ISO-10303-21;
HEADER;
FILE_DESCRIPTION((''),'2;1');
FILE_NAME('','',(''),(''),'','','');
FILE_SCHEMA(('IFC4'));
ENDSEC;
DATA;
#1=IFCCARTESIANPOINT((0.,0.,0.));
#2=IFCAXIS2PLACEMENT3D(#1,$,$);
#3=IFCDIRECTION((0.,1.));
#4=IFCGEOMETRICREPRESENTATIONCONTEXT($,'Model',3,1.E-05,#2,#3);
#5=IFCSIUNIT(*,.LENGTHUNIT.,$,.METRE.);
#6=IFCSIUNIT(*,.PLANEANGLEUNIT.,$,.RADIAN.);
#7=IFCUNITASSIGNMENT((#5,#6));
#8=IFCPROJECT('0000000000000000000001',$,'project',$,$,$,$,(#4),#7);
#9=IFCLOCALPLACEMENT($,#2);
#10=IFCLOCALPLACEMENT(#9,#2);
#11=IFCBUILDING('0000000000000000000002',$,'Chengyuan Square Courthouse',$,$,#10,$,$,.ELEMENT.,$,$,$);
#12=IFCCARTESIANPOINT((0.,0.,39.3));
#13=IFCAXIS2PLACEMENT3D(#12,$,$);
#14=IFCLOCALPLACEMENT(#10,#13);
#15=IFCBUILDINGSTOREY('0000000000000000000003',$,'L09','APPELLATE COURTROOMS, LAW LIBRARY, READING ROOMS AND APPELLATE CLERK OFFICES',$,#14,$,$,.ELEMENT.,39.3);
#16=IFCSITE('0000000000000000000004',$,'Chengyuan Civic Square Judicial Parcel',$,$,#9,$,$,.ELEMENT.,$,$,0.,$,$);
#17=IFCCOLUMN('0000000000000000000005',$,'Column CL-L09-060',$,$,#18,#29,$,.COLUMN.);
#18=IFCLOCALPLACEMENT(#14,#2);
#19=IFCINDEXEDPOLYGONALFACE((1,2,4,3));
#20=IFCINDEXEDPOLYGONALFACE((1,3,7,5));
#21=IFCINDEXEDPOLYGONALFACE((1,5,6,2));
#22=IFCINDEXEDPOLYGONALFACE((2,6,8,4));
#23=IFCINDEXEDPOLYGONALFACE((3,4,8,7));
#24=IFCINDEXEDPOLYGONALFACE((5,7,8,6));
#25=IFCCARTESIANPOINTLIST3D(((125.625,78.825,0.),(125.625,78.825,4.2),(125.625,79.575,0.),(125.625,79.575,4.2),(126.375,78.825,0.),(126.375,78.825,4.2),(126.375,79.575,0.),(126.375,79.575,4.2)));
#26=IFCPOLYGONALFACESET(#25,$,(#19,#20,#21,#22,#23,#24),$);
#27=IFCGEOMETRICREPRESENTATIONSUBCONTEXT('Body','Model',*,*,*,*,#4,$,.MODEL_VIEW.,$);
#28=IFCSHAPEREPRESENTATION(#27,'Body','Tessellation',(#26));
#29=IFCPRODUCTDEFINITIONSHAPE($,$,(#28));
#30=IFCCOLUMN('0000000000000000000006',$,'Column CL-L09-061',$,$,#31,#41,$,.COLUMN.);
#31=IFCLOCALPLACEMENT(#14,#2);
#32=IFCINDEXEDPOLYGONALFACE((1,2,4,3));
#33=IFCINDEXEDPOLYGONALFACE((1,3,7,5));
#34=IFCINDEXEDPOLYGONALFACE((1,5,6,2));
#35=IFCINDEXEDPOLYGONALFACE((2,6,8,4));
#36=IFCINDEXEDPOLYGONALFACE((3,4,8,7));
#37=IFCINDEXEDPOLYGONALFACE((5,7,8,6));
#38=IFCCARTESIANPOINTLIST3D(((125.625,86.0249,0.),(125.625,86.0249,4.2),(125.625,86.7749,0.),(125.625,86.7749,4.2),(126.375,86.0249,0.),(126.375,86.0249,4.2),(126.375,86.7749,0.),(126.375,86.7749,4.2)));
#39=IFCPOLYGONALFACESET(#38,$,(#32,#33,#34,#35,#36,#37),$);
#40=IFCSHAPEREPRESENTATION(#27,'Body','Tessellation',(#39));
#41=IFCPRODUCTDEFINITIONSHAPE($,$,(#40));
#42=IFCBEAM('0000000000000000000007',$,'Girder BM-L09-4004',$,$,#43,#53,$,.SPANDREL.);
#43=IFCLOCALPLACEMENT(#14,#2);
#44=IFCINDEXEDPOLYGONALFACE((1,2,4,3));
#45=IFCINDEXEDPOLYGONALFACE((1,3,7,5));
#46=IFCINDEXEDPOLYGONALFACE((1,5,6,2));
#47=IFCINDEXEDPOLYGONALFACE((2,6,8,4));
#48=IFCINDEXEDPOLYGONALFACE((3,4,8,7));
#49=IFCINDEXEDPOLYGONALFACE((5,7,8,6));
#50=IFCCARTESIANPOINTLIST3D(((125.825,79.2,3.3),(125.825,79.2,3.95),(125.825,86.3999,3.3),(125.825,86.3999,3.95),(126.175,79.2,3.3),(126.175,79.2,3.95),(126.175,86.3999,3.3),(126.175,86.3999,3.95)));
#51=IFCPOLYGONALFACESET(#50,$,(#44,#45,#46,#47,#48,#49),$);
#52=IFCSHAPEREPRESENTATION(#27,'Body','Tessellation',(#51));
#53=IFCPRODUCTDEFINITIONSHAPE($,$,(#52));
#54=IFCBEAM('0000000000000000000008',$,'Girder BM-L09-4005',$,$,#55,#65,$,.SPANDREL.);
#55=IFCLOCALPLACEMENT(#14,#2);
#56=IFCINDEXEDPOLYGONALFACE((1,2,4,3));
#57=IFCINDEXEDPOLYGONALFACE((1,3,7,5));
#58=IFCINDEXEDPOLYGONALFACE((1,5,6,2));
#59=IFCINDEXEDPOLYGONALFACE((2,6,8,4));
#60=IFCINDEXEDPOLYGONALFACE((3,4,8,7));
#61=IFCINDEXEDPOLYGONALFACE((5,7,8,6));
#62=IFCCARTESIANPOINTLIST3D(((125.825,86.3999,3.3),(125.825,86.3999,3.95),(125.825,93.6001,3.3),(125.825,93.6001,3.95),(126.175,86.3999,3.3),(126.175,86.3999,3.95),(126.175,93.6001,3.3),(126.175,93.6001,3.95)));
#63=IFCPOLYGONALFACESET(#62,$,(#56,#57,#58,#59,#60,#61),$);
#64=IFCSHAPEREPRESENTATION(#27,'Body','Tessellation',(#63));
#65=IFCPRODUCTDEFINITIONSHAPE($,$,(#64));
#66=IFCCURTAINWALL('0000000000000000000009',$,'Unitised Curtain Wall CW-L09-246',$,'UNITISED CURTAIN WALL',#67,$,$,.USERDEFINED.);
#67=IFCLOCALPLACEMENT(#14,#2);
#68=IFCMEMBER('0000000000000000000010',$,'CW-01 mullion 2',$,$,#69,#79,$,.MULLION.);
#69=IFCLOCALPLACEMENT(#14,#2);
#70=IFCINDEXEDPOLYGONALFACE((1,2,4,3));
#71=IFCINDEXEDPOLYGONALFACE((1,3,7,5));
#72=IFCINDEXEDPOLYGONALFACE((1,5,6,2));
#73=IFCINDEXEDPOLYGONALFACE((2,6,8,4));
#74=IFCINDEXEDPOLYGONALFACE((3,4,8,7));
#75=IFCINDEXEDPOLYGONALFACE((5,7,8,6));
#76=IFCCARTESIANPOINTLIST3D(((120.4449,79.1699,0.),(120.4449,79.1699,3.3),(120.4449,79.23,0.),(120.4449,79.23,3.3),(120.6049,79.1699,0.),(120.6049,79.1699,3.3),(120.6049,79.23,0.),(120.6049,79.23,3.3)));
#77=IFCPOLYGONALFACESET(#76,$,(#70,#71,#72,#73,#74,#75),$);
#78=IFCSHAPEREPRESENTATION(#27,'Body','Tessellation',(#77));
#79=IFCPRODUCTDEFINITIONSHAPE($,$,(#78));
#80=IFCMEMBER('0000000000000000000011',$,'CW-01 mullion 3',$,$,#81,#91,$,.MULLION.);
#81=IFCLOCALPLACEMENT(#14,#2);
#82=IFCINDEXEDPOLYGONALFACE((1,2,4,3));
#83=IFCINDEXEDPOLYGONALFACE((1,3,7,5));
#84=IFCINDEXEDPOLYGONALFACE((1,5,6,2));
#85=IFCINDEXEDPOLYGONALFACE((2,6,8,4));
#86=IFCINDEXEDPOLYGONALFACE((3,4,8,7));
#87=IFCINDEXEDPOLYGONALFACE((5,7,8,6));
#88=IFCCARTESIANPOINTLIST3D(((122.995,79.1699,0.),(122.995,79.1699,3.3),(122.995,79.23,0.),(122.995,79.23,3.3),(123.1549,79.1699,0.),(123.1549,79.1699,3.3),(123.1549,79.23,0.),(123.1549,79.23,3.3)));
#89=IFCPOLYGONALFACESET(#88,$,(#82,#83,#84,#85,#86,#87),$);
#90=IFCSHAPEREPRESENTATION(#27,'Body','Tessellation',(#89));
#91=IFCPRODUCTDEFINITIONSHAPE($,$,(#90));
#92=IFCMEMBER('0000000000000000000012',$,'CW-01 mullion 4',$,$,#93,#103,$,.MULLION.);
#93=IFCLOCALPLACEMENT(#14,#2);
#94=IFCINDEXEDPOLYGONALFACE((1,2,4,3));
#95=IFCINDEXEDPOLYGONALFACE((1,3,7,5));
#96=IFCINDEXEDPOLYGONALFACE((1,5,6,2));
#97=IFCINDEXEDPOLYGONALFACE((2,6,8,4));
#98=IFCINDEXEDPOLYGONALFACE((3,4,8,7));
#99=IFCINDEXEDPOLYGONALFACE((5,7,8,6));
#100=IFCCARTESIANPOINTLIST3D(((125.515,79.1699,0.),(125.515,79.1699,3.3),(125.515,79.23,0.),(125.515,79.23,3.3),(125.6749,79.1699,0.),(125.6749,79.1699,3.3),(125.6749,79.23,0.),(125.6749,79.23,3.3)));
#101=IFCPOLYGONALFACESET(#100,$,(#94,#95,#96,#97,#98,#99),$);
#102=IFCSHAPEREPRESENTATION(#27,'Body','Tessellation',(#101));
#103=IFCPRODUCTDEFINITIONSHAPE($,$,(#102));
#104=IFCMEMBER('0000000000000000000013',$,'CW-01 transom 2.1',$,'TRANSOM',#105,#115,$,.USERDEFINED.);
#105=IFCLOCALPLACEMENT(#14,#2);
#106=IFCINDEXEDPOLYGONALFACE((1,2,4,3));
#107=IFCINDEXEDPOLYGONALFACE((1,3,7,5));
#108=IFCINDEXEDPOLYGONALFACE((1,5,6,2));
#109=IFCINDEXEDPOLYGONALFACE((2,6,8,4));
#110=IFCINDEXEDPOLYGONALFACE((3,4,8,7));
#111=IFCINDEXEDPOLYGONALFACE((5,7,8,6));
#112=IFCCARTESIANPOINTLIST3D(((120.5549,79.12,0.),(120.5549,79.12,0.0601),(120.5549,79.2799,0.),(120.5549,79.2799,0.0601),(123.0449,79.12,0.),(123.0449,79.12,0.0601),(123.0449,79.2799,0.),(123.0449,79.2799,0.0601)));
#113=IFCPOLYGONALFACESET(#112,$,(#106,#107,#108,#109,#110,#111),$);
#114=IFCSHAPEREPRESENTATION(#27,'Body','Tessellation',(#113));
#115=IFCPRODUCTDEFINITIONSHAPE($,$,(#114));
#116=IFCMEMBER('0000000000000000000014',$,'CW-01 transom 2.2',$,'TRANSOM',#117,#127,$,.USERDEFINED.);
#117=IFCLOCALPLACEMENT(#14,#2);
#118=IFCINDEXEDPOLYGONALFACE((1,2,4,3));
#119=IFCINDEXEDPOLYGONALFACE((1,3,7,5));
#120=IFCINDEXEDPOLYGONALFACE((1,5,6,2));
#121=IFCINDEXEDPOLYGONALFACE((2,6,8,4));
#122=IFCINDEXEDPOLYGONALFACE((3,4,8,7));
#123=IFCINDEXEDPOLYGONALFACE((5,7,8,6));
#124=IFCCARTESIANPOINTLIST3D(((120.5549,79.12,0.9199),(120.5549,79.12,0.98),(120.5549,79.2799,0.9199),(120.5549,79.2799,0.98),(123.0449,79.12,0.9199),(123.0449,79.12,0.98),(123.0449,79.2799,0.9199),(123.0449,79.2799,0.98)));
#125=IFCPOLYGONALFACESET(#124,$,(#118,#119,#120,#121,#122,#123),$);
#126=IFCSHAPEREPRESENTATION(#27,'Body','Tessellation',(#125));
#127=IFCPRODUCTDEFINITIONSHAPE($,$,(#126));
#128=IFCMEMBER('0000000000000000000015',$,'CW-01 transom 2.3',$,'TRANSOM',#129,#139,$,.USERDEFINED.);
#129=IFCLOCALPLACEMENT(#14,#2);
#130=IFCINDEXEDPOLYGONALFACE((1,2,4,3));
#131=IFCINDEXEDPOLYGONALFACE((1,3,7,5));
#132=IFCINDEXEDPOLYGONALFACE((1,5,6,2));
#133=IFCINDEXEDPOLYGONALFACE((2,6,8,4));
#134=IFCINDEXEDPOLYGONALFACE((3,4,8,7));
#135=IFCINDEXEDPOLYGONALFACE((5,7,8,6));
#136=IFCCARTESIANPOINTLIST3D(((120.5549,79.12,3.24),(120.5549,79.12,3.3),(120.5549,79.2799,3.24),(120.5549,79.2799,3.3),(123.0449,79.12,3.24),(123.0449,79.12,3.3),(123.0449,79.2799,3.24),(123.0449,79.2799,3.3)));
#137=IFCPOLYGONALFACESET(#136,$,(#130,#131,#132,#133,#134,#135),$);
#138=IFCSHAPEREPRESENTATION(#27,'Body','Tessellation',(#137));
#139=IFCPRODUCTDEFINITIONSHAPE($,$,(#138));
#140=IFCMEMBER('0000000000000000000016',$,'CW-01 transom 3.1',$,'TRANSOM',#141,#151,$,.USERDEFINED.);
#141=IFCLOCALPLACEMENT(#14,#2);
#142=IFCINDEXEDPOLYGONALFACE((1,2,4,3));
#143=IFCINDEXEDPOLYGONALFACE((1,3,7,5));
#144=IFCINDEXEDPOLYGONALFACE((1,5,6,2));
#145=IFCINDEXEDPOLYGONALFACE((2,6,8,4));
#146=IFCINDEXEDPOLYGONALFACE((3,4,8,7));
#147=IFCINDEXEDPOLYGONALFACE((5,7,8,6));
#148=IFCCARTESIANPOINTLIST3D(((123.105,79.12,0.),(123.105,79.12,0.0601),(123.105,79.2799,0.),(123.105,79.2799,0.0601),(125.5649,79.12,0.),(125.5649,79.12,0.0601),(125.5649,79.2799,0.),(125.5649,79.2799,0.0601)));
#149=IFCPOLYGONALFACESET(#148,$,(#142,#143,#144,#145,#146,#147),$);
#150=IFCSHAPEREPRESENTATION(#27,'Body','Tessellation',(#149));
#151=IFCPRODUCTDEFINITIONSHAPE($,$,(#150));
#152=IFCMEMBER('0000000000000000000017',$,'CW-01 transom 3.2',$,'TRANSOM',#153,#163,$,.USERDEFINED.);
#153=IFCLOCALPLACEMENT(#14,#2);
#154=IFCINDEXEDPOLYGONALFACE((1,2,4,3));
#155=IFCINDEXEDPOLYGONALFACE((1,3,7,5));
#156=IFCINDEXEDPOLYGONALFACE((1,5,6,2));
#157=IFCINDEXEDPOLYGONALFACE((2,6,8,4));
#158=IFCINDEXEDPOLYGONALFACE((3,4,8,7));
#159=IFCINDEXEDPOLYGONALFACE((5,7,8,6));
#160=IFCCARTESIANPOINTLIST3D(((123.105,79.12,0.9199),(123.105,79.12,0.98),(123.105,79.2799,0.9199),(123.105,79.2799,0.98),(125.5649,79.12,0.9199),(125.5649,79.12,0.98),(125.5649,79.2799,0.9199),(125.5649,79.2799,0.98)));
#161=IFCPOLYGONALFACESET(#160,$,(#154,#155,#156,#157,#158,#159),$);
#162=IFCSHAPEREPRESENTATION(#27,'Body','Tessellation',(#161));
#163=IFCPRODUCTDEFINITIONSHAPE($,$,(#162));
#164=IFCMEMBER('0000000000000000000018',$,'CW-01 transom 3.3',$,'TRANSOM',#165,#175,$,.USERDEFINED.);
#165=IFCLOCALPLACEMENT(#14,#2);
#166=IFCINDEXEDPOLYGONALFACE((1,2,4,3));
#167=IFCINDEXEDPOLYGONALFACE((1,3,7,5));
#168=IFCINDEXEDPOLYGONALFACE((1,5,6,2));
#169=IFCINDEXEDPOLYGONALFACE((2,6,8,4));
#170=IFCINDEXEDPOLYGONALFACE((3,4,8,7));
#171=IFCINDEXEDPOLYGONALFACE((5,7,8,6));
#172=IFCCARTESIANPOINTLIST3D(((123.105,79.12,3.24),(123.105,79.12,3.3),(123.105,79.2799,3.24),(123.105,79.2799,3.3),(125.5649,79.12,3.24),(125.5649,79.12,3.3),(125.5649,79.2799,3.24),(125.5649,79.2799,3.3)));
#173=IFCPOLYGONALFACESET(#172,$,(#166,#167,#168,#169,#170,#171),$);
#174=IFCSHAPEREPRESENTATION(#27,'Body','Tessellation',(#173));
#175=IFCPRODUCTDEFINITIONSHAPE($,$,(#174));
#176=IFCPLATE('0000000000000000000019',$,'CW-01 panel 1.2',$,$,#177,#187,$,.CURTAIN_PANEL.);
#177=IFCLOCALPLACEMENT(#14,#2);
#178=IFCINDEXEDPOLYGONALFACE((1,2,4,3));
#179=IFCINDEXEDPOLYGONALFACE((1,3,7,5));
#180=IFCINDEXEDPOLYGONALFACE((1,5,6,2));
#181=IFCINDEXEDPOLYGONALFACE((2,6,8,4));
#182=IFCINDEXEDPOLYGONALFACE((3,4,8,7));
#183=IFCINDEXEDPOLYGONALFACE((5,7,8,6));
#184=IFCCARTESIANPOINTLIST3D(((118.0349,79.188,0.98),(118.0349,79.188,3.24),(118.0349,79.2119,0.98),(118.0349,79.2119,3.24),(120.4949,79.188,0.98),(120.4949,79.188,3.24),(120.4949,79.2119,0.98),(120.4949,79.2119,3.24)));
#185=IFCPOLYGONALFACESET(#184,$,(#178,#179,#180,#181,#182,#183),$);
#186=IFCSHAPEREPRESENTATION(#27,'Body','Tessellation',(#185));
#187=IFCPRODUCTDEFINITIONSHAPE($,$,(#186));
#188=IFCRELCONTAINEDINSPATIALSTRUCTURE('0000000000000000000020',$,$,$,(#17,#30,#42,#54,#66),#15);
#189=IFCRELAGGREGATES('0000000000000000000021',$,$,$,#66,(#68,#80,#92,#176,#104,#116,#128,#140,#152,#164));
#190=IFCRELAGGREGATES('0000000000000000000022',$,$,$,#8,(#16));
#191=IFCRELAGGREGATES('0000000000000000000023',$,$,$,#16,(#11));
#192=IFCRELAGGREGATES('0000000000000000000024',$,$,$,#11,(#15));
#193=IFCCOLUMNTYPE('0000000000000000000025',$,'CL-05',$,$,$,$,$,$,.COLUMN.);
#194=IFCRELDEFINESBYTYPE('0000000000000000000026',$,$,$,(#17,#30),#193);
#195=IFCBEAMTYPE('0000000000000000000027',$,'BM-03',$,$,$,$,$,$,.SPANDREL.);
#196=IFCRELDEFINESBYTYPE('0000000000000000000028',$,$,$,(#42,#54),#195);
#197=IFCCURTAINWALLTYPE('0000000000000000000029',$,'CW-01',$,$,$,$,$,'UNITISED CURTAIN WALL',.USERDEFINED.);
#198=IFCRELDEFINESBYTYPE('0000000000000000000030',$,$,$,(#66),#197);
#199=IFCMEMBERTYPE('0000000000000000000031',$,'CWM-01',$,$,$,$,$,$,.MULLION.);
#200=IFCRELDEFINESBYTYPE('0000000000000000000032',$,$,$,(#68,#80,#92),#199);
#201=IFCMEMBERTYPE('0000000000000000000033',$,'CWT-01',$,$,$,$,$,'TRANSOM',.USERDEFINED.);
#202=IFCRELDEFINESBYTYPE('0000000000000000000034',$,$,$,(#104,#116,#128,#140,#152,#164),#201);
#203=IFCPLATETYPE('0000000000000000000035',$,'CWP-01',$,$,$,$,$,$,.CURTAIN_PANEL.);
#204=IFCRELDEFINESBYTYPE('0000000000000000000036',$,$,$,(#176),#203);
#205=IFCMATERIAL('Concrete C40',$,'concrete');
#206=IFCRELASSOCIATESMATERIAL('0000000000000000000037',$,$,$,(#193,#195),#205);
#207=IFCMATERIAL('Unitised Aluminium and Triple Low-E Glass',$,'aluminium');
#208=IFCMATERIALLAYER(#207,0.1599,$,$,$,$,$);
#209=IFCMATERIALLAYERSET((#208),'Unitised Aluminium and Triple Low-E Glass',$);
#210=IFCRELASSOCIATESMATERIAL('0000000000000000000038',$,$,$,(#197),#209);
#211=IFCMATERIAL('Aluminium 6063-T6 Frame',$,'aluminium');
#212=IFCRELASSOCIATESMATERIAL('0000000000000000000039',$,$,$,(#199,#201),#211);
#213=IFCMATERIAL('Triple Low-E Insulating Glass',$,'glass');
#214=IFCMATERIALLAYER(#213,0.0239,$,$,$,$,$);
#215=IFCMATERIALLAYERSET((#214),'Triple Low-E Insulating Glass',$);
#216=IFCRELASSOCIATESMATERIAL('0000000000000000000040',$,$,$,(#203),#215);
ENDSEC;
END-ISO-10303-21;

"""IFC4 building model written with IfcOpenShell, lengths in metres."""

from ifc_helpers import new_model, si_unit, direction, frame, origin, origin_2d, place, context, subcontext, project, spatial, rectangle, extrude, material, layer, layer_set, material_profile, profile_set, type_object, element, aggregate, save


model = new_model("IFC4")

# Units and contexts
model_context = context("Model", 3, precision=1e-05, world=origin(), true_north=direction((0.0, 1.0)))
body_context = subcontext(model_context, "Body", "Model", "MODEL_VIEW")
ifc_project = project(units=[si_unit("LENGTHUNIT", "METRE"), si_unit("PLANEANGLEUNIT", "RADIAN")], contexts=[model_context])

# Site, building, storey
site_placement = place(None, origin())
site = spatial("IfcSite", under=ifc_project, at=site_placement, Name="Chengyuan Civic Square Judicial Parcel", CompositionType="ELEMENT", RefElevation=0.0)
building_placement = place(site_placement, origin())
building = spatial("IfcBuilding", under=site, at=building_placement, Name="Chengyuan Square Courthouse", CompositionType="ELEMENT")
storey_placement = place(building_placement, frame((0.0, 0.0, 39.3)))
storey = spatial("IfcBuildingStorey", under=building, at=storey_placement, Name="L09", Description="APPELLATE COURTROOMS, LAW LIBRARY, READING ROOMS AND APPELLATE CLERK OFFICES", CompositionType="ELEMENT", Elevation=39.3)

# Columns
ifc_material_1 = material(Name="Concrete C40", Category="concrete")
ifc_material_profile_1 = material_profile(ifc_material_1, rectangle(XDim=0.75, YDim=0.75, at=origin_2d()), Name="RC-COL-750x750")
ifc_profile_set_1 = profile_set([ifc_material_profile_1], Name="Concrete C40")
column_type = type_object("IfcColumnType", Name="CL-05", PredefinedType="COLUMN", material=ifc_profile_set_1)
for number, where, z_axis, x_axis, name in (
    (1, (126.0, 79.2, 0.0), (0.0, 0.0, 1.0), (1.0, 0.0, 0.0), "Column CL-L09-060"),
    (2, (126.0, 86.3999, 0.0), (0.0, 0.0, 1.0), (1.0, 0.0, 0.0), "Column CL-L09-061"),
):
    element("IfcColumn", number, at=place(storey_placement, frame(where, z_axis=z_axis, x_axis=x_axis)), inside=storey, type_object=column_type, Name=name, PredefinedType="COLUMN", context=body_context, shape_type="SweptSolid", body=[
        extrude(rectangle(XDim=0.75, YDim=0.75, at=origin_2d()), origin(), (0.0, 0.0, 1.0), 4.2),
    ])

# Beams
ifc_material_profile_2 = material_profile(ifc_material_1, rectangle(XDim=0.3501, YDim=0.6499, at=origin_2d()), Name="RC-BM-350x650")
ifc_profile_set_2 = profile_set([ifc_material_profile_2], Name="Concrete C40")
beam_type = type_object("IfcBeamType", Name="BM-03", PredefinedType="SPANDREL", material=ifc_profile_set_2)
beam_1_placement = place(storey_placement, frame((126.0, 79.2, 3.625), z_axis=(0.0, 1.0, 0.0), x_axis=(-1.0, 0.0, 0.0)))
element("IfcBeam", 3, at=beam_1_placement, inside=storey, type_object=beam_type, Name="Girder BM-L09-4004", PredefinedType="SPANDREL", context=body_context, shape_type="SweptSolid", body=[
    extrude(rectangle(XDim=0.3501, YDim=0.6499, at=origin_2d()), origin(), (0.0, 0.0, 1.0), 7.2),
])
beam_2_placement = place(storey_placement, frame((126.0, 86.3999, 3.625), z_axis=(0.0, 1.0, 0.0), x_axis=(-1.0, 0.0, 0.0)))
element("IfcBeam", 4, at=beam_2_placement, inside=storey, type_object=beam_type, Name="Girder BM-L09-4005", PredefinedType="SPANDREL", context=body_context, shape_type="SweptSolid", body=[
    extrude(rectangle(XDim=0.3501, YDim=0.6499, at=origin_2d()), origin(), (0.0, 0.0, 1.0), 7.2002),
])

# Curtain wall, members, plate
ifc_material_2 = material(Name="Unitised Aluminium and Triple Low-E Glass", Category="aluminium")
ifc_layer_1 = layer(ifc_material_2, 0.1599)
ifc_layer_set_1 = layer_set([ifc_layer_1], Name="Unitised Aluminium and Triple Low-E Glass")
curtain_wall_type = type_object("IfcCurtainWallType", Name="CW-01", ElementType="UNITISED CURTAIN WALL", PredefinedType="USERDEFINED", material=ifc_layer_set_1)
curtain_wall_placement = place(storey_placement, origin())
curtain_wall = element("IfcCurtainWall", 5, at=curtain_wall_placement, inside=storey, type_object=curtain_wall_type, Name="Unitised Curtain Wall CW-L09-246", ObjectType="UNITISED CURTAIN WALL", PredefinedType="USERDEFINED")
ifc_material_3 = material(Name="Aluminium 6063-T6 Frame", Category="aluminium")
ifc_material_profile_3 = material_profile(ifc_material_3, rectangle(XDim=0.0601, YDim=0.1599, at=origin_2d()), Name="CW-MUL-60x160")
ifc_profile_set_3 = profile_set([ifc_material_profile_3], Name="Aluminium 6063-T6 Frame")
member_type_1 = type_object("IfcMemberType", Name="CWM-01", PredefinedType="MULLION", material=ifc_profile_set_3)
member_1_placement = place(storey_placement, frame((120.5249, 79.2, 0.0), z_axis=(0.0, 0.0, 1.0), x_axis=(0.0, 1.0, 0.0)))
member_1 = element("IfcMember", 6, at=member_1_placement, type_object=member_type_1, Name="CW-01 mullion 2", PredefinedType="MULLION", context=body_context, shape_type="SweptSolid", body=[
    extrude(rectangle(XDim=0.0601, YDim=0.1599, at=origin_2d()), origin(), (0.0, 0.0, 1.0), 3.3),
])
member_2_placement = place(storey_placement, frame((123.075, 79.2, 0.0), z_axis=(0.0, 0.0, 1.0), x_axis=(0.0, 1.0, 0.0)))
member_2 = element("IfcMember", 7, at=member_2_placement, type_object=member_type_1, Name="CW-01 mullion 3", PredefinedType="MULLION", context=body_context, shape_type="SweptSolid", body=[
    extrude(rectangle(XDim=0.0601, YDim=0.1599, at=origin_2d()), origin(), (0.0, 0.0, 1.0), 3.3),
])
member_3_placement = place(storey_placement, frame((125.595, 79.2, 0.0), z_axis=(0.0, 0.0, 1.0), x_axis=(0.0, 1.0, 0.0)))
member_3 = element("IfcMember", 8, at=member_3_placement, type_object=member_type_1, Name="CW-01 mullion 4", PredefinedType="MULLION", context=body_context, shape_type="SweptSolid", body=[
    extrude(rectangle(XDim=0.0601, YDim=0.1599, at=origin_2d()), origin(), (0.0, 0.0, 1.0), 3.3),
])
ifc_material_profile_4 = material_profile(ifc_material_3, rectangle(XDim=0.1599, YDim=0.0601, at=origin_2d()), Name="CW-TRN-60x120")
ifc_profile_set_4 = profile_set([ifc_material_profile_4], Name="Aluminium 6063-T6 Frame")
member_type_2 = type_object("IfcMemberType", Name="CWT-01", ElementType="TRANSOM", PredefinedType="USERDEFINED", material=ifc_profile_set_4)
member_4_placement = place(storey_placement, frame((120.5549, 79.2, 0.03), z_axis=(1.0, 0.0, 0.0), x_axis=(0.0, 1.0, 0.0)))
member_4 = element("IfcMember", 9, at=member_4_placement, type_object=member_type_2, Name="CW-01 transom 2.1", ObjectType="TRANSOM", PredefinedType="USERDEFINED", context=body_context, shape_type="SweptSolid", body=[
    extrude(rectangle(XDim=0.1599, YDim=0.0601, at=origin_2d()), origin(), (0.0, 0.0, 1.0), 2.49),
])
member_5_placement = place(storey_placement, frame((120.5549, 79.2, 0.95), z_axis=(1.0, 0.0, 0.0), x_axis=(0.0, 1.0, 0.0)))
member_5 = element("IfcMember", 10, at=member_5_placement, type_object=member_type_2, Name="CW-01 transom 2.2", ObjectType="TRANSOM", PredefinedType="USERDEFINED", context=body_context, shape_type="SweptSolid", body=[
    extrude(rectangle(XDim=0.1599, YDim=0.0601, at=origin_2d()), origin(), (0.0, 0.0, 1.0), 2.49),
])
member_6_placement = place(storey_placement, frame((120.5549, 79.2, 3.27), z_axis=(1.0, 0.0, 0.0), x_axis=(0.0, 1.0, 0.0)))
member_6 = element("IfcMember", 11, at=member_6_placement, type_object=member_type_2, Name="CW-01 transom 2.3", ObjectType="TRANSOM", PredefinedType="USERDEFINED", context=body_context, shape_type="SweptSolid", body=[
    extrude(rectangle(XDim=0.1599, YDim=0.0601, at=origin_2d()), origin(), (0.0, 0.0, 1.0), 2.49),
])
member_7_placement = place(storey_placement, frame((123.105, 79.2, 0.03), z_axis=(1.0, 0.0, 0.0), x_axis=(0.0, 1.0, 0.0)))
member_7 = element("IfcMember", 12, at=member_7_placement, type_object=member_type_2, Name="CW-01 transom 3.1", ObjectType="TRANSOM", PredefinedType="USERDEFINED", context=body_context, shape_type="SweptSolid", body=[
    extrude(rectangle(XDim=0.1599, YDim=0.0601, at=origin_2d()), origin(), (0.0, 0.0, 1.0), 2.46),
])
member_8_placement = place(storey_placement, frame((123.105, 79.2, 0.95), z_axis=(1.0, 0.0, 0.0), x_axis=(0.0, 1.0, 0.0)))
member_8 = element("IfcMember", 13, at=member_8_placement, type_object=member_type_2, Name="CW-01 transom 3.2", ObjectType="TRANSOM", PredefinedType="USERDEFINED", context=body_context, shape_type="SweptSolid", body=[
    extrude(rectangle(XDim=0.1599, YDim=0.0601, at=origin_2d()), origin(), (0.0, 0.0, 1.0), 2.46),
])
member_9_placement = place(storey_placement, frame((123.105, 79.2, 3.27), z_axis=(1.0, 0.0, 0.0), x_axis=(0.0, 1.0, 0.0)))
member_9 = element("IfcMember", 14, at=member_9_placement, type_object=member_type_2, Name="CW-01 transom 3.3", ObjectType="TRANSOM", PredefinedType="USERDEFINED", context=body_context, shape_type="SweptSolid", body=[
    extrude(rectangle(XDim=0.1599, YDim=0.0601, at=origin_2d()), origin(), (0.0, 0.0, 1.0), 2.46),
])
ifc_material_4 = material(Name="Triple Low-E Insulating Glass", Category="glass")
ifc_layer_2 = layer(ifc_material_4, 0.0239)
ifc_layer_set_2 = layer_set([ifc_layer_2], Name="Triple Low-E Insulating Glass")
plate_type = type_object("IfcPlateType", Name="CWP-01", PredefinedType="CURTAIN_PANEL", material=ifc_layer_set_2)
plate_1_placement = place(storey_placement, frame((119.2649, 79.2, 0.98), z_axis=(0.0, 0.0, 1.0), x_axis=(1.0, 0.0, 0.0)))
plate_1 = element("IfcPlate", 15, at=plate_1_placement, type_object=plate_type, Name="CW-01 panel 1.2", PredefinedType="CURTAIN_PANEL", context=body_context, shape_type="SweptSolid", body=[
    extrude(rectangle(XDim=2.46, YDim=0.0239, at=origin_2d()), origin(), (0.0, 0.0, 1.0), 2.26),
])
aggregate(curtain_wall, [member_1, member_2, member_3, plate_1, member_4, member_5, member_6, member_7, member_8, member_9])

save(model, "model.ifc")
